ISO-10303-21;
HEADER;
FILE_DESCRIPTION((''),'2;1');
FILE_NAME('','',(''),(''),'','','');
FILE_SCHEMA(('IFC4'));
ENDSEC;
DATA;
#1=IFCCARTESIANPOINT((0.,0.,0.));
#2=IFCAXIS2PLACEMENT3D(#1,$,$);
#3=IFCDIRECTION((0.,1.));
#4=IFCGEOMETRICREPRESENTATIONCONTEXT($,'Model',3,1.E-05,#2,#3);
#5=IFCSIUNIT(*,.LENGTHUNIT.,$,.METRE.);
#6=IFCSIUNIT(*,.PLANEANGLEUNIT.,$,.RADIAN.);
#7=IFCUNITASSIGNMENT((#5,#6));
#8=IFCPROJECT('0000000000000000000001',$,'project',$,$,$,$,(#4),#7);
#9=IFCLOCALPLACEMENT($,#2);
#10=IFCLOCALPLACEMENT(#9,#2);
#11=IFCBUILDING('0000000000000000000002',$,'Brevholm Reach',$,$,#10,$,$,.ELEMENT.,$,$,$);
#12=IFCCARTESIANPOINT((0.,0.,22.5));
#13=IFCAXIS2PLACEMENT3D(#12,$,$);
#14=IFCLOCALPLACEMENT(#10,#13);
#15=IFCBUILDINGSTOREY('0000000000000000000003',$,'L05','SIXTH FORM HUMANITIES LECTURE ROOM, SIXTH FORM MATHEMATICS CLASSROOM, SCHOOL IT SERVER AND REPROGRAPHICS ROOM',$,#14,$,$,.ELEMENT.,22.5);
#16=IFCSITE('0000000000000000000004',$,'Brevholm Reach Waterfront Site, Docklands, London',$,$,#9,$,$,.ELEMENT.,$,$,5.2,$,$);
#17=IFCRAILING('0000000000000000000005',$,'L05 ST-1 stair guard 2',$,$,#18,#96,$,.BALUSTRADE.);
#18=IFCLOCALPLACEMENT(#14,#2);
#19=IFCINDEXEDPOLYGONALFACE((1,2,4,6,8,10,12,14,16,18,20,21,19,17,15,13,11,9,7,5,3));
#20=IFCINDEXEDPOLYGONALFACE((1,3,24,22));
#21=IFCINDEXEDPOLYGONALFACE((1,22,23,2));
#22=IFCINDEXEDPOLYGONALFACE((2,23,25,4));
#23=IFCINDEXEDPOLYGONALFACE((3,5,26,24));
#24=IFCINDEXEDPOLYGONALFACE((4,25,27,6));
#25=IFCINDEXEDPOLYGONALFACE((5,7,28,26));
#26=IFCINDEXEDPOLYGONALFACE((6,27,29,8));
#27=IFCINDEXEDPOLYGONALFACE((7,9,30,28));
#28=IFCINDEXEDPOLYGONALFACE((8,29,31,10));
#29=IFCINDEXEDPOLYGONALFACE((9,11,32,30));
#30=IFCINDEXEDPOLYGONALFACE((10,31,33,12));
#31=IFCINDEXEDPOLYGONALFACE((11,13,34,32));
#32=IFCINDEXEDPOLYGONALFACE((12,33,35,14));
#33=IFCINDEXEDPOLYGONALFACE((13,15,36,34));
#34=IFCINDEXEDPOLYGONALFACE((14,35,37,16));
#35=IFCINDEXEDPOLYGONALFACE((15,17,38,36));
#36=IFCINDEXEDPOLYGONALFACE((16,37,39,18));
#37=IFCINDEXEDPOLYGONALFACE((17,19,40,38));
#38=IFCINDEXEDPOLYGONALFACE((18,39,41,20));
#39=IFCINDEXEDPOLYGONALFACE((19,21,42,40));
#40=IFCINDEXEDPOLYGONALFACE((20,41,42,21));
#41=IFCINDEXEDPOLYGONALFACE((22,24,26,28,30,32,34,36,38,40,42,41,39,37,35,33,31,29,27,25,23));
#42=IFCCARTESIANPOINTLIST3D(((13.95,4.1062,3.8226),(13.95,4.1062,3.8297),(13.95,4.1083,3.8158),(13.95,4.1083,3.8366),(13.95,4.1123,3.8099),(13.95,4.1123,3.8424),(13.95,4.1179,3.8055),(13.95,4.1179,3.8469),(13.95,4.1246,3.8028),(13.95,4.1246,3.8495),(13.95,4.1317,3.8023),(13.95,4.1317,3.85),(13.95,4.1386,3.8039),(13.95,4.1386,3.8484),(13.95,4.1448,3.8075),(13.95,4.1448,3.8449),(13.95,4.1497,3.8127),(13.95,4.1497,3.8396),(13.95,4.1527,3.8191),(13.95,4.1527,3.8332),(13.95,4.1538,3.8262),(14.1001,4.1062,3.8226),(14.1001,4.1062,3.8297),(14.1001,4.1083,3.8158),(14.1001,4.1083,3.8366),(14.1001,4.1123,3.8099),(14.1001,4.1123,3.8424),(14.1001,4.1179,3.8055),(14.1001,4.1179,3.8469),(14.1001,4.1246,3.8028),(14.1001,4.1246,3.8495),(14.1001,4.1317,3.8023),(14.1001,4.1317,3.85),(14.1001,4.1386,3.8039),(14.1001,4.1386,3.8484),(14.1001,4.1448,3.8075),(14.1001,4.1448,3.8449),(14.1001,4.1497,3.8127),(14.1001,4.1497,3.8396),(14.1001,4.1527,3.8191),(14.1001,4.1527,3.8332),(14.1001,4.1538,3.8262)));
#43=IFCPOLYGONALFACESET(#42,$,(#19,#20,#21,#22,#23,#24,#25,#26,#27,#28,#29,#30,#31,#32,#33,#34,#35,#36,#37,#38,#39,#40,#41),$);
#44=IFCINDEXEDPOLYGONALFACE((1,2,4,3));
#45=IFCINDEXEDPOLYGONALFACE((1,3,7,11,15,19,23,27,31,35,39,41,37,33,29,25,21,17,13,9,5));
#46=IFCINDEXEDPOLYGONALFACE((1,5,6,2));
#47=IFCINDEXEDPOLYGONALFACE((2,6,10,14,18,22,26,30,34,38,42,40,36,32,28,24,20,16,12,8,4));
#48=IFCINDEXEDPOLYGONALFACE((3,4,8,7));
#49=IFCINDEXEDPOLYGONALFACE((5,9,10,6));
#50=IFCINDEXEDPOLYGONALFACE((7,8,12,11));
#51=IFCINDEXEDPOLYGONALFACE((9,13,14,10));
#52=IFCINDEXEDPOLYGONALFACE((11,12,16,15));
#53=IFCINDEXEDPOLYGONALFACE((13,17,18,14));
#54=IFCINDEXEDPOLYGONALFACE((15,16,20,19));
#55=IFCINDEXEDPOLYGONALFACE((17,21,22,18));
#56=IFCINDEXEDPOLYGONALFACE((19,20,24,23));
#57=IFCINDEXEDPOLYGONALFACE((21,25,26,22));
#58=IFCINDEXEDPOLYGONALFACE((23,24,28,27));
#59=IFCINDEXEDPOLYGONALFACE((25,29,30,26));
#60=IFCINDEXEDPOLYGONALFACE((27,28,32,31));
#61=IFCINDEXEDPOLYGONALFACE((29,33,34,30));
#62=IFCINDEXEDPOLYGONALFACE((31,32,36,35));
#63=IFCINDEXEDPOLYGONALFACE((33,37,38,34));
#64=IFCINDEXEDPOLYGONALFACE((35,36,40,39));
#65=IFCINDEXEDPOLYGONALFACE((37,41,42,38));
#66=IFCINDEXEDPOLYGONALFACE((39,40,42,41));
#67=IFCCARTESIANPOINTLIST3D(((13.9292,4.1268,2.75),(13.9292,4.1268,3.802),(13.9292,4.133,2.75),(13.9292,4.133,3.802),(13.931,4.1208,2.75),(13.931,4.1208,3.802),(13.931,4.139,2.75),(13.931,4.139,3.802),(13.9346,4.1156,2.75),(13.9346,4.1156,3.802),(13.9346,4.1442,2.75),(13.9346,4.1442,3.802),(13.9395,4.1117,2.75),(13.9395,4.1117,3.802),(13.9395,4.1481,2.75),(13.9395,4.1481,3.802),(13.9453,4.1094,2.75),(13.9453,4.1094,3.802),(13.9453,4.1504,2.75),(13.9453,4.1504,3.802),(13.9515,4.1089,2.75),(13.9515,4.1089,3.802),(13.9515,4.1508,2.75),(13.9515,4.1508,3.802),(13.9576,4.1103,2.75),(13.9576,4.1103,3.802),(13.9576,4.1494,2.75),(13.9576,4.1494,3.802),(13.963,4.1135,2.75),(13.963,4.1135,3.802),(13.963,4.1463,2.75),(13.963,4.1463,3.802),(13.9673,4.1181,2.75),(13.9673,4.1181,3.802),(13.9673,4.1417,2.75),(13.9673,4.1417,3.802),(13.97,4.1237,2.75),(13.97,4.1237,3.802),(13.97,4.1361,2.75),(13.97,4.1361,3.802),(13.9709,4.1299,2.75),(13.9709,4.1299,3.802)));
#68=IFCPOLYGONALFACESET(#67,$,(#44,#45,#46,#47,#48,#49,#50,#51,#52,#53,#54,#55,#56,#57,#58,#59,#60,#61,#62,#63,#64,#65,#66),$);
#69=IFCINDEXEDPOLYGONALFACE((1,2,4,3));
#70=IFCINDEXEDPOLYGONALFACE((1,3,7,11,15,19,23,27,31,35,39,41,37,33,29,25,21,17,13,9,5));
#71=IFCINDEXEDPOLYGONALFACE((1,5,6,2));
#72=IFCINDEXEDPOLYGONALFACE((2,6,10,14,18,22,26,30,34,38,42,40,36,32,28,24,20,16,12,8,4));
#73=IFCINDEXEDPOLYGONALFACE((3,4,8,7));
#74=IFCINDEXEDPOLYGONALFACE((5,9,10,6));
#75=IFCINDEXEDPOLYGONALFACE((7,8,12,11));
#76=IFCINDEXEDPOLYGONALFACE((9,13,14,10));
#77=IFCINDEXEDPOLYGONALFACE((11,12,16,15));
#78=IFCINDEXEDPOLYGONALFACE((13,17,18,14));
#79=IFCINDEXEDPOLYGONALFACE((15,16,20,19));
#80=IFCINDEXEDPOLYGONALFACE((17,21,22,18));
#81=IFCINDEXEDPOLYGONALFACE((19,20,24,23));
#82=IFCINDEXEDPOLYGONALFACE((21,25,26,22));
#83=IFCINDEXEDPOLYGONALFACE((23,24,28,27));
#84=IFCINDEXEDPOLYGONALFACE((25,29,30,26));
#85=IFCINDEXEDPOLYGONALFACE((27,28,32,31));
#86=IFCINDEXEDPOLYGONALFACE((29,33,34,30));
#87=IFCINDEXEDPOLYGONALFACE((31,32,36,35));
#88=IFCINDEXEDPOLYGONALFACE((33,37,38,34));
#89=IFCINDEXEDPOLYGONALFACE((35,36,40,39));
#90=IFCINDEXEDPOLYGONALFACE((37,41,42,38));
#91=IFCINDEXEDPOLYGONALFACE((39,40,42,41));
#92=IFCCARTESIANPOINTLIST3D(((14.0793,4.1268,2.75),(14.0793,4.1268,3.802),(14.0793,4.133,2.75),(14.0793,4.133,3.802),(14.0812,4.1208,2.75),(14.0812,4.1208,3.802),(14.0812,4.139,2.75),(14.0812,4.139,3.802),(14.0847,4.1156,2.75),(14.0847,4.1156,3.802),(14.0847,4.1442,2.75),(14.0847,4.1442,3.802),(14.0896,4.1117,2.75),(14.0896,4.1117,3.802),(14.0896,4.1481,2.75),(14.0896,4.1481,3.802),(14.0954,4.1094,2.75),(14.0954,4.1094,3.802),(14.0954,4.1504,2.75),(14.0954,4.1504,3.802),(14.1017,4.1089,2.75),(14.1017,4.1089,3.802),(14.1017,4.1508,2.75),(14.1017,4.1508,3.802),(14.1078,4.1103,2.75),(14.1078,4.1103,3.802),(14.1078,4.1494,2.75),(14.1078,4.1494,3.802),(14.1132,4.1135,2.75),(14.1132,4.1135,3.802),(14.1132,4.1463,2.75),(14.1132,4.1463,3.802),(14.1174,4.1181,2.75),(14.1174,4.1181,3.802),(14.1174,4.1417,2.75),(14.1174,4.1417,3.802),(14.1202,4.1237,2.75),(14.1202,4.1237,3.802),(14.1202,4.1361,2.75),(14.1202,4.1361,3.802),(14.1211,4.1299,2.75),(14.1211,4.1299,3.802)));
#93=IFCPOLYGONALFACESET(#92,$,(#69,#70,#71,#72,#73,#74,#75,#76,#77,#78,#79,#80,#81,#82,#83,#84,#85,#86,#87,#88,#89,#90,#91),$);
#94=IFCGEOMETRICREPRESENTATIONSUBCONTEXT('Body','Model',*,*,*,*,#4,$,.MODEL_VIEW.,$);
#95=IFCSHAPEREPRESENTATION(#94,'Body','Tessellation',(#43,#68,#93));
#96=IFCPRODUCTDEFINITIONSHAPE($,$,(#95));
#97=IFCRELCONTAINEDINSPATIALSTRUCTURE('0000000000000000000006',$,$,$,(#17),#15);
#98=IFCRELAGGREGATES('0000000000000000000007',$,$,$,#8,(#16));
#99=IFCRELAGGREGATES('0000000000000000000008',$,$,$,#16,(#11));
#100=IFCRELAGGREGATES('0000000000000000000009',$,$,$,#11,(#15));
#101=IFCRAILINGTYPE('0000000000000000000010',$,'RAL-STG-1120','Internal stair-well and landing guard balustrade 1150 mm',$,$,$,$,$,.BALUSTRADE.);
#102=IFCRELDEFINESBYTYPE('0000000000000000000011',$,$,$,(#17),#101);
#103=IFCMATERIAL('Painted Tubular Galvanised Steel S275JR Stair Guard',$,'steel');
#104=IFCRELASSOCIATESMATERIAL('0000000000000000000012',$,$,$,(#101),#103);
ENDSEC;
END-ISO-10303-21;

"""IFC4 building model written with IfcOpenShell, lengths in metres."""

from ifc_helpers import new_model, si_unit, direction, frame, origin, origin_2d, place, context, subcontext, project, spatial, circle, extrude, material, type_object, element, save


model = new_model("IFC4")

# Units and contexts
model_context = context("Model", 3, precision=1e-05, world=origin(), true_north=direction((0.0, 1.0)))
body_context = subcontext(model_context, "Body", "Model", "MODEL_VIEW")
ifc_project = project(units=[si_unit("LENGTHUNIT", "METRE"), si_unit("PLANEANGLEUNIT", "RADIAN")], contexts=[model_context])

# Site, building, storey
site_placement = place(None, origin())
site = spatial("IfcSite", under=ifc_project, at=site_placement, Name="Brevholm Reach Waterfront Site, Docklands, London", CompositionType="ELEMENT", RefElevation=5.2)
building_placement = place(site_placement, origin())
building = spatial("IfcBuilding", under=site, at=building_placement, Name="Brevholm Reach", CompositionType="ELEMENT")
storey_placement = place(building_placement, frame((0.0, 0.0, 22.5)))
storey = spatial("IfcBuildingStorey", under=building, at=storey_placement, Name="L05", Description="SIXTH FORM HUMANITIES LECTURE ROOM, SIXTH FORM MATHEMATICS CLASSROOM, SCHOOL IT SERVER AND REPROGRAPHICS ROOM", CompositionType="ELEMENT", Elevation=22.5)

# Railing
ifc_material_1 = material(Name="Painted Tubular Galvanised Steel S275JR Stair Guard", Category="steel")
railing_type_1 = type_object("IfcRailingType", Name="RAL-STG-1120", Description="Internal stair-well and landing guard balustrade 1150 mm", PredefinedType="BALUSTRADE", material=ifc_material_1)
railing_1_placement = place(storey_placement, frame((13.95, 4.1299, 2.75)))
element("IfcRailing", 1, at=railing_1_placement, inside=storey, type_object=railing_type_1, Name="L05 ST-1 stair guard 2", PredefinedType="BALUSTRADE", context=body_context, shape_type="SweptSolid", body=[
    extrude(circle(Radius=0.0239, at=origin_2d()), frame((0.0, 0.0, 1.0762), z_axis=(1.0, 0.0, 0.0), x_axis=(0.0, 1.0, 0.0)), (0.0, 0.0, 1.0), 0.1501),
    extrude(circle(Radius=0.021, at=origin_2d()), origin(), (0.0, 0.0, 1.0), 1.052),
    extrude(circle(Radius=0.021, at=origin_2d()), frame((0.1501, 0.0, 0.0)), (0.0, 0.0, 1.0), 1.052),
])

save(model, "model.ifc")
